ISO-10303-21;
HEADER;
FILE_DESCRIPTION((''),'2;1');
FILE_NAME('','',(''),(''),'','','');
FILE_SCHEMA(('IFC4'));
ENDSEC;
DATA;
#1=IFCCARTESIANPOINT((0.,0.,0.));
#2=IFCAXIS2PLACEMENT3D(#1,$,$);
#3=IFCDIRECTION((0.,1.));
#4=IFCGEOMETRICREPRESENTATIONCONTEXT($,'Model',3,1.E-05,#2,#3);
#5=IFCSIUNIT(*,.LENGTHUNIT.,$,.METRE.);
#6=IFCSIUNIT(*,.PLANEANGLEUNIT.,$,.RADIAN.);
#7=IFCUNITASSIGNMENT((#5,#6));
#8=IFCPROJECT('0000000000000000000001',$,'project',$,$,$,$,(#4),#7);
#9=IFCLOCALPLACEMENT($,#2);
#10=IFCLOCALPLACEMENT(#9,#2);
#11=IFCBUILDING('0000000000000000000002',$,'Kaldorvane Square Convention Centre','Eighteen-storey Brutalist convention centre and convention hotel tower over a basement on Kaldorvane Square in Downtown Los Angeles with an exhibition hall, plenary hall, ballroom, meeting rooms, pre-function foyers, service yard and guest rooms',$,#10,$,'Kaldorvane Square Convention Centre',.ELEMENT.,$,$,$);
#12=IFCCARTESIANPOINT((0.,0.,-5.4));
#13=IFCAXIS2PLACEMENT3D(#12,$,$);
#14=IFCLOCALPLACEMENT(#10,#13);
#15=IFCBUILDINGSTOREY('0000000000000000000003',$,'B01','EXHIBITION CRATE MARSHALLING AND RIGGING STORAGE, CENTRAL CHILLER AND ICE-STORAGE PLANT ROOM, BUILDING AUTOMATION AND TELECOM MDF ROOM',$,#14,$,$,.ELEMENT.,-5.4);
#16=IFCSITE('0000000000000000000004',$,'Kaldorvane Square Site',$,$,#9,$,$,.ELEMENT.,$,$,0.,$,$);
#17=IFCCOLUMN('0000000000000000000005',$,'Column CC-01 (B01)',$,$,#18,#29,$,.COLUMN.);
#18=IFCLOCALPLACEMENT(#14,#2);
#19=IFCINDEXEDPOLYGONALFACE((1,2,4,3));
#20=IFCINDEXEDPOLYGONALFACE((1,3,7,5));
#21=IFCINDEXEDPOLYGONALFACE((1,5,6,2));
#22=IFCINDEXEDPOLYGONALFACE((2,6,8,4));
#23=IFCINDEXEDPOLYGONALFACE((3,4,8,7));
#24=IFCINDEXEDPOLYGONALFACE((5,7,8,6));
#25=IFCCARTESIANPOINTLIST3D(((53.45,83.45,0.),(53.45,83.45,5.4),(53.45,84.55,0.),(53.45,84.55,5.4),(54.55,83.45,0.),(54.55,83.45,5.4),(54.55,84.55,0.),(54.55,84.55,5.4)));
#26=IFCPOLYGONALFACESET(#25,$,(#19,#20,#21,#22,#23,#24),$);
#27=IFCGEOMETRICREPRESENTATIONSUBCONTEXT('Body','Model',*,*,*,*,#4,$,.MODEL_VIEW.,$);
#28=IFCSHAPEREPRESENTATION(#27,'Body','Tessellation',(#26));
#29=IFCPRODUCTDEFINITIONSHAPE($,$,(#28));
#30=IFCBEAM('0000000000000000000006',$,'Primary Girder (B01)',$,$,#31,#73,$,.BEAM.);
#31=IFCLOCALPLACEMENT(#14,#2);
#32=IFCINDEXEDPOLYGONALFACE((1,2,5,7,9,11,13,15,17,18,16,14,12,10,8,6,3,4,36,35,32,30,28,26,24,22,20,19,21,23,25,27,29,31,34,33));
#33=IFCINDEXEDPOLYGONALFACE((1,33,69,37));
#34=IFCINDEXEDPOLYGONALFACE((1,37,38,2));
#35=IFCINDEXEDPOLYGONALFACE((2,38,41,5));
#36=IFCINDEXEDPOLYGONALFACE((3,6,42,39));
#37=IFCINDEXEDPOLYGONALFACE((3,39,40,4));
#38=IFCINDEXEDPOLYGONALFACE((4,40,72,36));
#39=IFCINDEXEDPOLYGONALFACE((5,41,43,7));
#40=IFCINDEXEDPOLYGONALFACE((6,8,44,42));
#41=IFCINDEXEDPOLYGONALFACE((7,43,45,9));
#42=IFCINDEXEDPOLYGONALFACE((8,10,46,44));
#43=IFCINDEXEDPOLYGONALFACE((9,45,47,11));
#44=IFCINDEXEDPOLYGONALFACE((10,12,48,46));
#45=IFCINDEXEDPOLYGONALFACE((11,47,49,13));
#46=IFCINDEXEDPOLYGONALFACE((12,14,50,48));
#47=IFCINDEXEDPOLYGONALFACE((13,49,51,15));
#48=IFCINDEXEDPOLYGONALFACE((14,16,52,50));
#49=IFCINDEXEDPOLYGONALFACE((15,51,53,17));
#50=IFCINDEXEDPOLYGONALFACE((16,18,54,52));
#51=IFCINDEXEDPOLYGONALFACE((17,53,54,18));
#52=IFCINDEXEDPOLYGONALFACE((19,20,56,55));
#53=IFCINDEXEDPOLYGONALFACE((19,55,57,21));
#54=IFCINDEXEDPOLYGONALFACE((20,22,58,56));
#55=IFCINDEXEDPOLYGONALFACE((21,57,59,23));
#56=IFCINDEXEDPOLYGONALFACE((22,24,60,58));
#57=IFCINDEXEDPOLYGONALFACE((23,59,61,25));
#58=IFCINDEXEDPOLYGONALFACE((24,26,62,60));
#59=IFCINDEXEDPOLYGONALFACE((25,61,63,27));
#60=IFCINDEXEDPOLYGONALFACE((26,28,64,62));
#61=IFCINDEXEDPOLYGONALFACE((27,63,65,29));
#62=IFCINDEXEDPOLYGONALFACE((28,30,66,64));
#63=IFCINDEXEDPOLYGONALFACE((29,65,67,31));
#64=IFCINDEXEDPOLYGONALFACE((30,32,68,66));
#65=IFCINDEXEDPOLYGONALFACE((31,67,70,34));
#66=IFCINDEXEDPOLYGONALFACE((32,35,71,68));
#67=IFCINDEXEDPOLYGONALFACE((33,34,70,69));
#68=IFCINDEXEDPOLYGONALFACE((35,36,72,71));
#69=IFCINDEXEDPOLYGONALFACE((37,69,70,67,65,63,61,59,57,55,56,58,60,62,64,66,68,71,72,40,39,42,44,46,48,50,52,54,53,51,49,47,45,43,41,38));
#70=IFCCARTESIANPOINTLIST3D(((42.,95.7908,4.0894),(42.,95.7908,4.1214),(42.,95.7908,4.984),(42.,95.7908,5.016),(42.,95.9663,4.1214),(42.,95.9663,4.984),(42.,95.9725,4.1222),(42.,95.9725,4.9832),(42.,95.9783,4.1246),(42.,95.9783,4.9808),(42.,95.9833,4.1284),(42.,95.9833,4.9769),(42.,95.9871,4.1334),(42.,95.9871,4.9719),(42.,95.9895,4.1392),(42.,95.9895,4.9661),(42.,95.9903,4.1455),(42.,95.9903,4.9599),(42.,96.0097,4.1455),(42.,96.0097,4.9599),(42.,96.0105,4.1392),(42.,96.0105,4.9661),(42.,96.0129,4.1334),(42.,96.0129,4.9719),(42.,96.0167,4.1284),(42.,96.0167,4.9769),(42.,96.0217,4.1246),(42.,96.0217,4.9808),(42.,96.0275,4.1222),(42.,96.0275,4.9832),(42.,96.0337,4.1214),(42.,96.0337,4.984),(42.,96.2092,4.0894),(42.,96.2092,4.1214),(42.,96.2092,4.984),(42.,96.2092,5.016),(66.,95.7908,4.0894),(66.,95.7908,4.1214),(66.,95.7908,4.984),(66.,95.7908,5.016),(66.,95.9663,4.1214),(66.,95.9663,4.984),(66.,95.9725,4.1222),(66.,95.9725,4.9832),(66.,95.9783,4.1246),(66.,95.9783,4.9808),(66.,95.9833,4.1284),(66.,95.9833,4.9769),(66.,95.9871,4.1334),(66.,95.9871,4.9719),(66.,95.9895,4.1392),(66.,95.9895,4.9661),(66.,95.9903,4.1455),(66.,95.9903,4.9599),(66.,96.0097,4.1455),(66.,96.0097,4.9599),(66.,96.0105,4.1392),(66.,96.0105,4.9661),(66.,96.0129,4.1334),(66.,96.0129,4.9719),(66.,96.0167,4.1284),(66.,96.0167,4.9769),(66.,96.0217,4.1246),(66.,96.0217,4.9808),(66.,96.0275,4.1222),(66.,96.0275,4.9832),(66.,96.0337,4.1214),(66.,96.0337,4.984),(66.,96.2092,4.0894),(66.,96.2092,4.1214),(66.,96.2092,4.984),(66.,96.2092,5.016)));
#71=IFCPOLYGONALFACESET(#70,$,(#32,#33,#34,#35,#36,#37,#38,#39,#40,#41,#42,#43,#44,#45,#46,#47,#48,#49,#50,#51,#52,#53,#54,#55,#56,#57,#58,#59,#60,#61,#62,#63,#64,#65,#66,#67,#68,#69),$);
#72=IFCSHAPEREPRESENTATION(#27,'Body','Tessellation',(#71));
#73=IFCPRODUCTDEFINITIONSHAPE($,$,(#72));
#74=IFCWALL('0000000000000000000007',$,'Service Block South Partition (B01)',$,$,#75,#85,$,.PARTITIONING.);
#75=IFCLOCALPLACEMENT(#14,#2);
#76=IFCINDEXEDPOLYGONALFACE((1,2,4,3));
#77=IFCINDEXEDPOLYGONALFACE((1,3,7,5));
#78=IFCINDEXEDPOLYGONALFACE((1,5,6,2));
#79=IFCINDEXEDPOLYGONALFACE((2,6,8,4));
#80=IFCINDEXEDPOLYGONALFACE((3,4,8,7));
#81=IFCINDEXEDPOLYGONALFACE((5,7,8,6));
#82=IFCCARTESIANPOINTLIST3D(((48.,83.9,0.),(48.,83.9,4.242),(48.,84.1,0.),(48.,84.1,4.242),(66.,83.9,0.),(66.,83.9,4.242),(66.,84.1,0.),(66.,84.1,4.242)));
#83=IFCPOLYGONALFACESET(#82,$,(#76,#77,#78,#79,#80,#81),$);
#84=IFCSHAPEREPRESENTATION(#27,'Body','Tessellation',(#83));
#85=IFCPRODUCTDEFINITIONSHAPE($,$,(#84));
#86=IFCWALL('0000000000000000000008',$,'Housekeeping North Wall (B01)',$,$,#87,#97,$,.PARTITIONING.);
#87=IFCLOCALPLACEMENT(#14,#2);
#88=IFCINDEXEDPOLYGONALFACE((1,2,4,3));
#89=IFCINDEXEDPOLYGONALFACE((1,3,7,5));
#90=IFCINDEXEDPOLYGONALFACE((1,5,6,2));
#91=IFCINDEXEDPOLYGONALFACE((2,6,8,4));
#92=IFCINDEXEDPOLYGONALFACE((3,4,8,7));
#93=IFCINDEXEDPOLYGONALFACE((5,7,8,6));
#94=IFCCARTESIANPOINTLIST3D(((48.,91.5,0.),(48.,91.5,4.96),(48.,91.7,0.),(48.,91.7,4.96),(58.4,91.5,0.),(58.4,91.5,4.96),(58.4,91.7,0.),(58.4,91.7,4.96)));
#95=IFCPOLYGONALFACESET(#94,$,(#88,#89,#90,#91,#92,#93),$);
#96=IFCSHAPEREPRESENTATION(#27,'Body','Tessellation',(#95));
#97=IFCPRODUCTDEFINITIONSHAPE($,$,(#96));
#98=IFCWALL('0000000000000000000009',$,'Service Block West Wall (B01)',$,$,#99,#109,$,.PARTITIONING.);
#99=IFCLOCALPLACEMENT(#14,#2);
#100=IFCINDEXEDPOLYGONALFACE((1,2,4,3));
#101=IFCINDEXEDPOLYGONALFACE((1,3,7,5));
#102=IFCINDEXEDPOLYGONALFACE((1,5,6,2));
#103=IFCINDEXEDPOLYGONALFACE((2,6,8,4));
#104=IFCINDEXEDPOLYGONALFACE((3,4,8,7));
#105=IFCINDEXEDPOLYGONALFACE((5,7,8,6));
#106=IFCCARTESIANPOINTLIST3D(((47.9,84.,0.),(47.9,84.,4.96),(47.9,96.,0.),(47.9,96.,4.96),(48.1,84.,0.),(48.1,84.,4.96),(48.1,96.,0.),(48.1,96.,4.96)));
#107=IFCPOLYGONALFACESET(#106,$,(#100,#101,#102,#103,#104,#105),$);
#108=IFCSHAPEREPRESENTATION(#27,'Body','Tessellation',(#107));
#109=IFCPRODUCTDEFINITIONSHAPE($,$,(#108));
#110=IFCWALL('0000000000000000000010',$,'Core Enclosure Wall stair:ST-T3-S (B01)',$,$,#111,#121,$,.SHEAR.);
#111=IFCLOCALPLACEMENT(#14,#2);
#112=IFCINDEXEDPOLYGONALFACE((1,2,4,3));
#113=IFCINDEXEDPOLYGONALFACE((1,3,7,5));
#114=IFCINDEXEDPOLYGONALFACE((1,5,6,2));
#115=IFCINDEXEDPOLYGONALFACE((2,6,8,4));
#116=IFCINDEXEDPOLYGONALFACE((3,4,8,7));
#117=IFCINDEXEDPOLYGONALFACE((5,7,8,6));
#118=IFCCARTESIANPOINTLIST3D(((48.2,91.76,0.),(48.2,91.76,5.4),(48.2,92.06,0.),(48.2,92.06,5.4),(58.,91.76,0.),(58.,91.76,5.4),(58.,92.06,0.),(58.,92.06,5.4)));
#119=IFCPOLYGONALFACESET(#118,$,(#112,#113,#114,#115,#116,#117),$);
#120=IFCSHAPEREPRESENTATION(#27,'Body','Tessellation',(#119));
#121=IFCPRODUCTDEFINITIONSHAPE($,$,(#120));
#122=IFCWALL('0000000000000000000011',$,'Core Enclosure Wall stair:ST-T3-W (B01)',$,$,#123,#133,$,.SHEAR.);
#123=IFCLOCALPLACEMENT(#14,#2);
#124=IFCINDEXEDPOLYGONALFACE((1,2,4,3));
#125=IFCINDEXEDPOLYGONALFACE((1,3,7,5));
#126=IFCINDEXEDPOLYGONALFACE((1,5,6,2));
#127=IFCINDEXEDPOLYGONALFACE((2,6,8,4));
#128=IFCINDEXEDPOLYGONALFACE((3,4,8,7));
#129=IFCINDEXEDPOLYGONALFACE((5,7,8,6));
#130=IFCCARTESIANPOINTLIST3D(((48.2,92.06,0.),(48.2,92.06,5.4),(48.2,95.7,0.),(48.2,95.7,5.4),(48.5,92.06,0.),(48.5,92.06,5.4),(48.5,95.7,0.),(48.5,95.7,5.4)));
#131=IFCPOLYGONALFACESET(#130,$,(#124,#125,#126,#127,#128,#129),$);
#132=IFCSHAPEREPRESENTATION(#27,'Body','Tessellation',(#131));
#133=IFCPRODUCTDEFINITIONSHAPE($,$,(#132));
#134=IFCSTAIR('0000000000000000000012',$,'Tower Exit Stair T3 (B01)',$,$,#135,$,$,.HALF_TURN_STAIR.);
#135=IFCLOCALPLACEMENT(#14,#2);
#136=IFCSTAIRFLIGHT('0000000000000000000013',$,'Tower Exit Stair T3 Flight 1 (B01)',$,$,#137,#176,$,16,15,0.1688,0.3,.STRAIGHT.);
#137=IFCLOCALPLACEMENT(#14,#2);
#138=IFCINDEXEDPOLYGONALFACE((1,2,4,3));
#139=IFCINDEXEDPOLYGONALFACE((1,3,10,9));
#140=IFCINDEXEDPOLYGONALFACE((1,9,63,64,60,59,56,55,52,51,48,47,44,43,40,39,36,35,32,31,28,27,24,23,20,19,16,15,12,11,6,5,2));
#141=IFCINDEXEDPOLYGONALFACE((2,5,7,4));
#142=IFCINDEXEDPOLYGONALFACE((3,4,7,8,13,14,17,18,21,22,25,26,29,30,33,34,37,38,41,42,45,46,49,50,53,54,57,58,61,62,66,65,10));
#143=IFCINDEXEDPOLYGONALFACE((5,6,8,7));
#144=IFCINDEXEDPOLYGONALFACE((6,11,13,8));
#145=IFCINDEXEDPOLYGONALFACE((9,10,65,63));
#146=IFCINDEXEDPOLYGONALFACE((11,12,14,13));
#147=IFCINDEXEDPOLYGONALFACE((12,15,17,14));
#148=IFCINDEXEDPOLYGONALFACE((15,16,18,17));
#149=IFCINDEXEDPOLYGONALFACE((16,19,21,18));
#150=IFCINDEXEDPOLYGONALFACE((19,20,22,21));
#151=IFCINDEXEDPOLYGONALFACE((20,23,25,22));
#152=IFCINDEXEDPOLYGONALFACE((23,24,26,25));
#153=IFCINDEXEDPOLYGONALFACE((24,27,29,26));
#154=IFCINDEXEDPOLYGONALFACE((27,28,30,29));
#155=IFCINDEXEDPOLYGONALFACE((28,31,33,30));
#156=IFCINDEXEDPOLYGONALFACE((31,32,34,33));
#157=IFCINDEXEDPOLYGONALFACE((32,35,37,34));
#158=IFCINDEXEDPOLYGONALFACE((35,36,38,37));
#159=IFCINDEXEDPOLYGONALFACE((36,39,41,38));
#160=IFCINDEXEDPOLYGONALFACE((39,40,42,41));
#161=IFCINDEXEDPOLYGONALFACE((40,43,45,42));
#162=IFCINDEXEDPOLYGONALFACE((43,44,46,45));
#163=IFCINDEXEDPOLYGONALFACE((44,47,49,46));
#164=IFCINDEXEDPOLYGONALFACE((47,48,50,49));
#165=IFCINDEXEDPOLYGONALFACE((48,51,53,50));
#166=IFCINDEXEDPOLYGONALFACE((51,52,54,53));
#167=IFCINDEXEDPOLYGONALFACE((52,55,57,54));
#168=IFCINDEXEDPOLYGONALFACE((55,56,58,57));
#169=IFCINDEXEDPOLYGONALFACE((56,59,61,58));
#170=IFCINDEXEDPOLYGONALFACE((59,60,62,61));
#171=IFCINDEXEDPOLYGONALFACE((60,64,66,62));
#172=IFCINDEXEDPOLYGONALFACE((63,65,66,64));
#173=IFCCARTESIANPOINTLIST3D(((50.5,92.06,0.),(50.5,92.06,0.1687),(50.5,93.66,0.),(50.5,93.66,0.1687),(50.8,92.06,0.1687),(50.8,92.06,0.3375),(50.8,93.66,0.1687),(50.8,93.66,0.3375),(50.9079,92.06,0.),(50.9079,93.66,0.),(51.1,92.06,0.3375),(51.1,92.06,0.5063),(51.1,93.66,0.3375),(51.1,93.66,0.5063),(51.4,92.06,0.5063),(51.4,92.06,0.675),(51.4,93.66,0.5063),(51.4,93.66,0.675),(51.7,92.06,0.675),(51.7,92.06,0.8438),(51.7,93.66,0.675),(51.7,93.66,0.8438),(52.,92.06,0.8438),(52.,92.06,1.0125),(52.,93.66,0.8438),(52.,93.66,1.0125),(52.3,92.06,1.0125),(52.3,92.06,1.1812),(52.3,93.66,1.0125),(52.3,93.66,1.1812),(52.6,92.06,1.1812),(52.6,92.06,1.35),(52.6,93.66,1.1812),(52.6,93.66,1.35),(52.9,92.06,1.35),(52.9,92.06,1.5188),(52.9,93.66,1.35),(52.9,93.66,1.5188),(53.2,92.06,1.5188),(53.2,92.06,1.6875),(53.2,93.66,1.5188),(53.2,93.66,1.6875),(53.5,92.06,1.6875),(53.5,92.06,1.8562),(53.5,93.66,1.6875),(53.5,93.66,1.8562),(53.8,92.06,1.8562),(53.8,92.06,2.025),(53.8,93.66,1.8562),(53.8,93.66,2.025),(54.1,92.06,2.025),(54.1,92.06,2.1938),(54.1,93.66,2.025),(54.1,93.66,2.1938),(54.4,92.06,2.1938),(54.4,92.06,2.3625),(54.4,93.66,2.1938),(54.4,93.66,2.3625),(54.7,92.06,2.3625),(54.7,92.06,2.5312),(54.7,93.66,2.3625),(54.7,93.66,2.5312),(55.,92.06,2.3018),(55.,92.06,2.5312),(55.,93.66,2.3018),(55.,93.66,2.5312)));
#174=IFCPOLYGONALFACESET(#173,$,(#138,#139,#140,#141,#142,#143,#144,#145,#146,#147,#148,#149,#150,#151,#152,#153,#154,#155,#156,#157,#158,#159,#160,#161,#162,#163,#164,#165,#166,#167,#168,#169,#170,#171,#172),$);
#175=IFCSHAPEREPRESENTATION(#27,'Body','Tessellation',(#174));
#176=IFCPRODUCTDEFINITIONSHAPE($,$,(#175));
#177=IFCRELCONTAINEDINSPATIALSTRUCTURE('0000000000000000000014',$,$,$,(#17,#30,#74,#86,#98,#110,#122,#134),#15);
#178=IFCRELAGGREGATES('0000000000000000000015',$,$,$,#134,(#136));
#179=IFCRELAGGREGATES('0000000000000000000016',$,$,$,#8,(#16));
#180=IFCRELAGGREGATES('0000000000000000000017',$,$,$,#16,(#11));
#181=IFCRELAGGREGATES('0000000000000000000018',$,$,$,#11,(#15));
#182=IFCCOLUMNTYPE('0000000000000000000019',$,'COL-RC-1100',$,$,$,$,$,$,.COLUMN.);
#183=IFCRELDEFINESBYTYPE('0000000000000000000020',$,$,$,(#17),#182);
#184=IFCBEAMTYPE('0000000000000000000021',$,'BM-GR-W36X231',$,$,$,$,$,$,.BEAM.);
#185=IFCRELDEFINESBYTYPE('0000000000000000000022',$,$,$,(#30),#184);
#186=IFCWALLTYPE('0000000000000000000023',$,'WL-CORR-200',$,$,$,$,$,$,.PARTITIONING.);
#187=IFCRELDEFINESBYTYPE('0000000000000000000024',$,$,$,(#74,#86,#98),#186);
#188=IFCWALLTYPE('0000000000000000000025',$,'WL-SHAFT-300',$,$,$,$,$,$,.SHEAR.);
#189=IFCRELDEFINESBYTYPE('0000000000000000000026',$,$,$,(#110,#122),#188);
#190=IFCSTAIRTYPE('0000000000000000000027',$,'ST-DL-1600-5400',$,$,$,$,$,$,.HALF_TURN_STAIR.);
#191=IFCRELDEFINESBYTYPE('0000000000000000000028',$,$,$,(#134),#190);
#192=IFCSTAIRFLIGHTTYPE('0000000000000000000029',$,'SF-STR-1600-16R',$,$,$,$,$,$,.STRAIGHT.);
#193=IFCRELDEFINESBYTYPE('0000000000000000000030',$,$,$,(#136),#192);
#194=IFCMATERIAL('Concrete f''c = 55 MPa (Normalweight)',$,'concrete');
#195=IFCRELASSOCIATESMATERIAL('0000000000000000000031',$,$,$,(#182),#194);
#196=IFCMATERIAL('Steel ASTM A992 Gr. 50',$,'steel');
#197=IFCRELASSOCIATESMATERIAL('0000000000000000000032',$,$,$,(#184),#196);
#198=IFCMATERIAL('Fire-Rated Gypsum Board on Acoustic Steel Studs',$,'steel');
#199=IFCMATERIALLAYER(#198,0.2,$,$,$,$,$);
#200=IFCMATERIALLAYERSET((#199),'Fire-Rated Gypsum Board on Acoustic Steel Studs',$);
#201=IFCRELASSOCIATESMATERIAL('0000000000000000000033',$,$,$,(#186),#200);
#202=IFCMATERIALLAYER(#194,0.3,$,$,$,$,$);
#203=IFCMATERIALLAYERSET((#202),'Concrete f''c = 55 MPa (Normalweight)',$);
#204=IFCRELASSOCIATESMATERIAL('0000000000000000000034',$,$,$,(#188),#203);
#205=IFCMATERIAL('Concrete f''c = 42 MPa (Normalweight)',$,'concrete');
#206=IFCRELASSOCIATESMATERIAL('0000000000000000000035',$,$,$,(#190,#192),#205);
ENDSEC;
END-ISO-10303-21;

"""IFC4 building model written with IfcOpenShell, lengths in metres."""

from ifc_helpers import new_model, si_unit, direction, frame, frame_2d, origin, origin_2d, place, context, subcontext, project, spatial, polyline, rectangle, i_section, outline, extrude, material, layer, layer_set, material_profile, profile_set, type_object, element, aggregate, save


model = new_model("IFC4")

# Units and contexts
model_context = context("Model", 3, precision=1e-05, world=origin(), true_north=direction((0.0, 1.0)))
body_context = subcontext(model_context, "Body", "Model", "MODEL_VIEW")
ifc_project = project(units=[si_unit("LENGTHUNIT", "METRE"), si_unit("PLANEANGLEUNIT", "RADIAN")], contexts=[model_context])

# Site, building, storey
site_placement = place(None, origin())
site = spatial("IfcSite", under=ifc_project, at=site_placement, Name="Kaldorvane Square Site", CompositionType="ELEMENT", RefElevation=0.0)
building_placement = place(site_placement, origin())
building = spatial("IfcBuilding", under=site, at=building_placement, Name="Kaldorvane Square Convention Centre", Description="Eighteen-storey Brutalist convention centre and convention hotel tower over a basement on Kaldorvane Square in Downtown Los Angeles with an exhibition hall, plenary hall, ballroom, meeting rooms, pre-function foyers, service yard and guest rooms", LongName="Kaldorvane Square Convention Centre", CompositionType="ELEMENT")
storey_placement = place(building_placement, frame((0.0, 0.0, -5.4)))
storey = spatial("IfcBuildingStorey", under=building, at=storey_placement, Name="B01", Description="EXHIBITION CRATE MARSHALLING AND RIGGING STORAGE, CENTRAL CHILLER AND ICE-STORAGE PLANT ROOM, BUILDING AUTOMATION AND TELECOM MDF ROOM", CompositionType="ELEMENT", Elevation=-5.4)

# Shared definitions
ifc_material_1 = material(Name="Concrete f'c = 42 MPa (Normalweight)", Category="concrete")

# Column
ifc_material_2 = material(Name="Concrete f'c = 55 MPa (Normalweight)", Category="concrete")
ifc_material_profile_1 = material_profile(ifc_material_2, rectangle(XDim=1.1, YDim=1.1, at=origin_2d()), Name="RC1100X1100")
ifc_profile_set_1 = profile_set([ifc_material_profile_1], Name="Concrete f'c = 55 MPa (Normalweight)")
column_type = type_object("IfcColumnType", Name="COL-RC-1100", PredefinedType="COLUMN", material=ifc_profile_set_1)
column_placement = place(storey_placement, frame((54.0, 84.0, 0.0), z_axis=(0.0, 0.0, 1.0), x_axis=(1.0, 0.0, 0.0)))
element("IfcColumn", 1, at=column_placement, inside=storey, type_object=column_type, Name="Column CC-01 (B01)", PredefinedType="COLUMN", context=body_context, shape_type="SweptSolid", body=[
    extrude(rectangle(XDim=1.1, YDim=1.1, at=origin_2d()), origin(), (0.0, 0.0, 1.0), 5.4),
])

# Beam
ifc_material_3 = material(Name="Steel ASTM A992 Gr. 50", Category="steel")
ifc_material_profile_2 = material_profile(ifc_material_3, i_section(OverallWidth=0.4183, OverallDepth=0.9266, WebThickness=0.0193, FlangeThickness=0.032, FilletRadius=0.0241, at=origin_2d()), Name="W36X231")
ifc_profile_set_2 = profile_set([ifc_material_profile_2], Name="Steel ASTM A992 Gr. 50")
beam_type = type_object("IfcBeamType", Name="BM-GR-W36X231", PredefinedType="BEAM", material=ifc_profile_set_2)
beam_placement = place(storey_placement, frame((42.0, 96.0, 4.5527), z_axis=(1.0, 0.0, 0.0), x_axis=(0.0, 1.0, 0.0)))
element("IfcBeam", 2, at=beam_placement, inside=storey, type_object=beam_type, Name="Primary Girder (B01)", PredefinedType="BEAM", context=body_context, shape_type="SweptSolid", body=[
    extrude(i_section(OverallWidth=0.4183, OverallDepth=0.9266, WebThickness=0.0193, FlangeThickness=0.032, FilletRadius=0.0241, at=origin_2d()), origin(), (0.0, 0.0, 1.0), 24.0),
])

# Walls
ifc_material_4 = material(Name="Fire-Rated Gypsum Board on Acoustic Steel Studs", Category="steel")
ifc_layer_1 = layer(ifc_material_4, 0.2)
ifc_layer_set_1 = layer_set([ifc_layer_1], Name="Fire-Rated Gypsum Board on Acoustic Steel Studs")
wall_type_1 = type_object("IfcWallType", Name="WL-CORR-200", PredefinedType="PARTITIONING", material=ifc_layer_set_1)
wall_1_placement = place(storey_placement, frame((48.0, 84.0, 0.0), z_axis=(0.0, 0.0, 1.0), x_axis=(1.0, 0.0, 0.0)))
element("IfcWall", 3, at=wall_1_placement, inside=storey, type_object=wall_type_1, Name="Service Block South Partition (B01)", PredefinedType="PARTITIONING", context=body_context, shape_type="SweptSolid", body=[
    extrude(rectangle(XDim=18.0, YDim=0.2, at=frame_2d((9.0, 0.0))), origin(), (0.0, 0.0, 1.0), 4.242),
])
wall_2_placement = place(storey_placement, frame((48.0, 91.6, 0.0), z_axis=(0.0, 0.0, 1.0), x_axis=(1.0, 0.0, 0.0)))
element("IfcWall", 4, at=wall_2_placement, inside=storey, type_object=wall_type_1, Name="Housekeeping North Wall (B01)", PredefinedType="PARTITIONING", context=body_context, shape_type="SweptSolid", body=[
    extrude(rectangle(XDim=10.4, YDim=0.2, at=frame_2d((5.2, 0.0))), origin(), (0.0, 0.0, 1.0), 4.96),
])
wall_3_placement = place(storey_placement, frame((48.0, 84.0, 0.0), z_axis=(0.0, 0.0, 1.0), x_axis=(0.0, 1.0, 0.0)))
element("IfcWall", 5, at=wall_3_placement, inside=storey, type_object=wall_type_1, Name="Service Block West Wall (B01)", PredefinedType="PARTITIONING", context=body_context, shape_type="SweptSolid", body=[
    extrude(rectangle(XDim=12.0, YDim=0.2, at=frame_2d((6.0, 0.0))), origin(), (0.0, 0.0, 1.0), 4.96),
])
ifc_layer_2 = layer(ifc_material_2, 0.3)
ifc_layer_set_2 = layer_set([ifc_layer_2], Name="Concrete f'c = 55 MPa (Normalweight)")
wall_type_2 = type_object("IfcWallType", Name="WL-SHAFT-300", PredefinedType="SHEAR", material=ifc_layer_set_2)
wall_4_placement = place(storey_placement, frame((48.2, 91.91, 0.0), z_axis=(0.0, 0.0, 1.0), x_axis=(1.0, 0.0, 0.0)))
element("IfcWall", 6, at=wall_4_placement, inside=storey, type_object=wall_type_2, Name="Core Enclosure Wall stair:ST-T3-S (B01)", PredefinedType="SHEAR", context=body_context, shape_type="SweptSolid", body=[
    extrude(rectangle(XDim=9.8, YDim=0.3, at=frame_2d((4.9, 0.0))), origin(), (0.0, 0.0, 1.0), 5.4),
])
wall_5_placement = place(storey_placement, frame((48.35, 95.7, 0.0), z_axis=(0.0, 0.0, 1.0), x_axis=(0.0, -1.0, 0.0)))
element("IfcWall", 7, at=wall_5_placement, inside=storey, type_object=wall_type_2, Name="Core Enclosure Wall stair:ST-T3-W (B01)", PredefinedType="SHEAR", context=body_context, shape_type="SweptSolid", body=[
    extrude(rectangle(XDim=3.64, YDim=0.3, at=frame_2d((1.82, 0.0))), origin(), (0.0, 0.0, 1.0), 5.4),
])

# Stair, stair flight
stair_type = type_object("IfcStairType", Name="ST-DL-1600-5400", PredefinedType="HALF_TURN_STAIR", material=ifc_material_1)
stair_placement = place(storey_placement, origin())
stair = element("IfcStair", 8, at=stair_placement, inside=storey, type_object=stair_type, Name="Tower Exit Stair T3 (B01)", PredefinedType="HALF_TURN_STAIR")
stair_flight_type = type_object("IfcStairFlightType", Name="SF-STR-1600-16R", PredefinedType="STRAIGHT", material=ifc_material_1)
stair_flight_placement = place(storey_placement, frame((50.5, 92.86, 0.0), z_axis=(0.0, 0.0, 1.0), x_axis=(1.0, 0.0, 0.0)))
stair_flight = element("IfcStairFlight", 9, at=stair_flight_placement, type_object=stair_flight_type, Name="Tower Exit Stair T3 Flight 1 (B01)", NumberOfRisers=16, NumberOfTreads=15, PredefinedType="STRAIGHT", RiserHeight=0.1688, TreadLength=0.3, context=body_context, shape_type="SweptSolid", body=[
    extrude(outline(polyline([(0.0, 0.0), (0.0, 0.1687), (0.3, 0.1687), (0.3, 0.3375), (0.6, 0.3375), (0.6, 0.5063), (0.9, 0.5063), (0.9, 0.675), (1.2, 0.675), (1.2, 0.8438), (1.5, 0.8438), (1.5, 1.0125), (1.8, 1.0125), (1.8, 1.1812), (2.1, 1.1812), (2.1, 1.35), (2.4, 1.35), (2.4, 1.5188), (2.7, 1.5188), (2.7, 1.6875), (3.0, 1.6875), (3.0, 1.8562), (3.3, 1.8562), (3.3, 2.025), (3.6, 2.025), (3.6, 2.1938), (3.9, 2.1938), (3.9, 2.3625), (4.2, 2.3625), (4.2, 2.5312), (4.5, 2.5312), (4.5, 2.7), (4.5, 2.3018), (0.4079, 0.0), (0.0, 0.0)])), frame((0.0, 0.8, 0.0), z_axis=(0.0, -1.0, 0.0), x_axis=(1.0, 0.0, 0.0)), (0.0, 0.0, 1.0), 1.6),
])
aggregate(stair, [stair_flight])

save(model, "model.ifc")
